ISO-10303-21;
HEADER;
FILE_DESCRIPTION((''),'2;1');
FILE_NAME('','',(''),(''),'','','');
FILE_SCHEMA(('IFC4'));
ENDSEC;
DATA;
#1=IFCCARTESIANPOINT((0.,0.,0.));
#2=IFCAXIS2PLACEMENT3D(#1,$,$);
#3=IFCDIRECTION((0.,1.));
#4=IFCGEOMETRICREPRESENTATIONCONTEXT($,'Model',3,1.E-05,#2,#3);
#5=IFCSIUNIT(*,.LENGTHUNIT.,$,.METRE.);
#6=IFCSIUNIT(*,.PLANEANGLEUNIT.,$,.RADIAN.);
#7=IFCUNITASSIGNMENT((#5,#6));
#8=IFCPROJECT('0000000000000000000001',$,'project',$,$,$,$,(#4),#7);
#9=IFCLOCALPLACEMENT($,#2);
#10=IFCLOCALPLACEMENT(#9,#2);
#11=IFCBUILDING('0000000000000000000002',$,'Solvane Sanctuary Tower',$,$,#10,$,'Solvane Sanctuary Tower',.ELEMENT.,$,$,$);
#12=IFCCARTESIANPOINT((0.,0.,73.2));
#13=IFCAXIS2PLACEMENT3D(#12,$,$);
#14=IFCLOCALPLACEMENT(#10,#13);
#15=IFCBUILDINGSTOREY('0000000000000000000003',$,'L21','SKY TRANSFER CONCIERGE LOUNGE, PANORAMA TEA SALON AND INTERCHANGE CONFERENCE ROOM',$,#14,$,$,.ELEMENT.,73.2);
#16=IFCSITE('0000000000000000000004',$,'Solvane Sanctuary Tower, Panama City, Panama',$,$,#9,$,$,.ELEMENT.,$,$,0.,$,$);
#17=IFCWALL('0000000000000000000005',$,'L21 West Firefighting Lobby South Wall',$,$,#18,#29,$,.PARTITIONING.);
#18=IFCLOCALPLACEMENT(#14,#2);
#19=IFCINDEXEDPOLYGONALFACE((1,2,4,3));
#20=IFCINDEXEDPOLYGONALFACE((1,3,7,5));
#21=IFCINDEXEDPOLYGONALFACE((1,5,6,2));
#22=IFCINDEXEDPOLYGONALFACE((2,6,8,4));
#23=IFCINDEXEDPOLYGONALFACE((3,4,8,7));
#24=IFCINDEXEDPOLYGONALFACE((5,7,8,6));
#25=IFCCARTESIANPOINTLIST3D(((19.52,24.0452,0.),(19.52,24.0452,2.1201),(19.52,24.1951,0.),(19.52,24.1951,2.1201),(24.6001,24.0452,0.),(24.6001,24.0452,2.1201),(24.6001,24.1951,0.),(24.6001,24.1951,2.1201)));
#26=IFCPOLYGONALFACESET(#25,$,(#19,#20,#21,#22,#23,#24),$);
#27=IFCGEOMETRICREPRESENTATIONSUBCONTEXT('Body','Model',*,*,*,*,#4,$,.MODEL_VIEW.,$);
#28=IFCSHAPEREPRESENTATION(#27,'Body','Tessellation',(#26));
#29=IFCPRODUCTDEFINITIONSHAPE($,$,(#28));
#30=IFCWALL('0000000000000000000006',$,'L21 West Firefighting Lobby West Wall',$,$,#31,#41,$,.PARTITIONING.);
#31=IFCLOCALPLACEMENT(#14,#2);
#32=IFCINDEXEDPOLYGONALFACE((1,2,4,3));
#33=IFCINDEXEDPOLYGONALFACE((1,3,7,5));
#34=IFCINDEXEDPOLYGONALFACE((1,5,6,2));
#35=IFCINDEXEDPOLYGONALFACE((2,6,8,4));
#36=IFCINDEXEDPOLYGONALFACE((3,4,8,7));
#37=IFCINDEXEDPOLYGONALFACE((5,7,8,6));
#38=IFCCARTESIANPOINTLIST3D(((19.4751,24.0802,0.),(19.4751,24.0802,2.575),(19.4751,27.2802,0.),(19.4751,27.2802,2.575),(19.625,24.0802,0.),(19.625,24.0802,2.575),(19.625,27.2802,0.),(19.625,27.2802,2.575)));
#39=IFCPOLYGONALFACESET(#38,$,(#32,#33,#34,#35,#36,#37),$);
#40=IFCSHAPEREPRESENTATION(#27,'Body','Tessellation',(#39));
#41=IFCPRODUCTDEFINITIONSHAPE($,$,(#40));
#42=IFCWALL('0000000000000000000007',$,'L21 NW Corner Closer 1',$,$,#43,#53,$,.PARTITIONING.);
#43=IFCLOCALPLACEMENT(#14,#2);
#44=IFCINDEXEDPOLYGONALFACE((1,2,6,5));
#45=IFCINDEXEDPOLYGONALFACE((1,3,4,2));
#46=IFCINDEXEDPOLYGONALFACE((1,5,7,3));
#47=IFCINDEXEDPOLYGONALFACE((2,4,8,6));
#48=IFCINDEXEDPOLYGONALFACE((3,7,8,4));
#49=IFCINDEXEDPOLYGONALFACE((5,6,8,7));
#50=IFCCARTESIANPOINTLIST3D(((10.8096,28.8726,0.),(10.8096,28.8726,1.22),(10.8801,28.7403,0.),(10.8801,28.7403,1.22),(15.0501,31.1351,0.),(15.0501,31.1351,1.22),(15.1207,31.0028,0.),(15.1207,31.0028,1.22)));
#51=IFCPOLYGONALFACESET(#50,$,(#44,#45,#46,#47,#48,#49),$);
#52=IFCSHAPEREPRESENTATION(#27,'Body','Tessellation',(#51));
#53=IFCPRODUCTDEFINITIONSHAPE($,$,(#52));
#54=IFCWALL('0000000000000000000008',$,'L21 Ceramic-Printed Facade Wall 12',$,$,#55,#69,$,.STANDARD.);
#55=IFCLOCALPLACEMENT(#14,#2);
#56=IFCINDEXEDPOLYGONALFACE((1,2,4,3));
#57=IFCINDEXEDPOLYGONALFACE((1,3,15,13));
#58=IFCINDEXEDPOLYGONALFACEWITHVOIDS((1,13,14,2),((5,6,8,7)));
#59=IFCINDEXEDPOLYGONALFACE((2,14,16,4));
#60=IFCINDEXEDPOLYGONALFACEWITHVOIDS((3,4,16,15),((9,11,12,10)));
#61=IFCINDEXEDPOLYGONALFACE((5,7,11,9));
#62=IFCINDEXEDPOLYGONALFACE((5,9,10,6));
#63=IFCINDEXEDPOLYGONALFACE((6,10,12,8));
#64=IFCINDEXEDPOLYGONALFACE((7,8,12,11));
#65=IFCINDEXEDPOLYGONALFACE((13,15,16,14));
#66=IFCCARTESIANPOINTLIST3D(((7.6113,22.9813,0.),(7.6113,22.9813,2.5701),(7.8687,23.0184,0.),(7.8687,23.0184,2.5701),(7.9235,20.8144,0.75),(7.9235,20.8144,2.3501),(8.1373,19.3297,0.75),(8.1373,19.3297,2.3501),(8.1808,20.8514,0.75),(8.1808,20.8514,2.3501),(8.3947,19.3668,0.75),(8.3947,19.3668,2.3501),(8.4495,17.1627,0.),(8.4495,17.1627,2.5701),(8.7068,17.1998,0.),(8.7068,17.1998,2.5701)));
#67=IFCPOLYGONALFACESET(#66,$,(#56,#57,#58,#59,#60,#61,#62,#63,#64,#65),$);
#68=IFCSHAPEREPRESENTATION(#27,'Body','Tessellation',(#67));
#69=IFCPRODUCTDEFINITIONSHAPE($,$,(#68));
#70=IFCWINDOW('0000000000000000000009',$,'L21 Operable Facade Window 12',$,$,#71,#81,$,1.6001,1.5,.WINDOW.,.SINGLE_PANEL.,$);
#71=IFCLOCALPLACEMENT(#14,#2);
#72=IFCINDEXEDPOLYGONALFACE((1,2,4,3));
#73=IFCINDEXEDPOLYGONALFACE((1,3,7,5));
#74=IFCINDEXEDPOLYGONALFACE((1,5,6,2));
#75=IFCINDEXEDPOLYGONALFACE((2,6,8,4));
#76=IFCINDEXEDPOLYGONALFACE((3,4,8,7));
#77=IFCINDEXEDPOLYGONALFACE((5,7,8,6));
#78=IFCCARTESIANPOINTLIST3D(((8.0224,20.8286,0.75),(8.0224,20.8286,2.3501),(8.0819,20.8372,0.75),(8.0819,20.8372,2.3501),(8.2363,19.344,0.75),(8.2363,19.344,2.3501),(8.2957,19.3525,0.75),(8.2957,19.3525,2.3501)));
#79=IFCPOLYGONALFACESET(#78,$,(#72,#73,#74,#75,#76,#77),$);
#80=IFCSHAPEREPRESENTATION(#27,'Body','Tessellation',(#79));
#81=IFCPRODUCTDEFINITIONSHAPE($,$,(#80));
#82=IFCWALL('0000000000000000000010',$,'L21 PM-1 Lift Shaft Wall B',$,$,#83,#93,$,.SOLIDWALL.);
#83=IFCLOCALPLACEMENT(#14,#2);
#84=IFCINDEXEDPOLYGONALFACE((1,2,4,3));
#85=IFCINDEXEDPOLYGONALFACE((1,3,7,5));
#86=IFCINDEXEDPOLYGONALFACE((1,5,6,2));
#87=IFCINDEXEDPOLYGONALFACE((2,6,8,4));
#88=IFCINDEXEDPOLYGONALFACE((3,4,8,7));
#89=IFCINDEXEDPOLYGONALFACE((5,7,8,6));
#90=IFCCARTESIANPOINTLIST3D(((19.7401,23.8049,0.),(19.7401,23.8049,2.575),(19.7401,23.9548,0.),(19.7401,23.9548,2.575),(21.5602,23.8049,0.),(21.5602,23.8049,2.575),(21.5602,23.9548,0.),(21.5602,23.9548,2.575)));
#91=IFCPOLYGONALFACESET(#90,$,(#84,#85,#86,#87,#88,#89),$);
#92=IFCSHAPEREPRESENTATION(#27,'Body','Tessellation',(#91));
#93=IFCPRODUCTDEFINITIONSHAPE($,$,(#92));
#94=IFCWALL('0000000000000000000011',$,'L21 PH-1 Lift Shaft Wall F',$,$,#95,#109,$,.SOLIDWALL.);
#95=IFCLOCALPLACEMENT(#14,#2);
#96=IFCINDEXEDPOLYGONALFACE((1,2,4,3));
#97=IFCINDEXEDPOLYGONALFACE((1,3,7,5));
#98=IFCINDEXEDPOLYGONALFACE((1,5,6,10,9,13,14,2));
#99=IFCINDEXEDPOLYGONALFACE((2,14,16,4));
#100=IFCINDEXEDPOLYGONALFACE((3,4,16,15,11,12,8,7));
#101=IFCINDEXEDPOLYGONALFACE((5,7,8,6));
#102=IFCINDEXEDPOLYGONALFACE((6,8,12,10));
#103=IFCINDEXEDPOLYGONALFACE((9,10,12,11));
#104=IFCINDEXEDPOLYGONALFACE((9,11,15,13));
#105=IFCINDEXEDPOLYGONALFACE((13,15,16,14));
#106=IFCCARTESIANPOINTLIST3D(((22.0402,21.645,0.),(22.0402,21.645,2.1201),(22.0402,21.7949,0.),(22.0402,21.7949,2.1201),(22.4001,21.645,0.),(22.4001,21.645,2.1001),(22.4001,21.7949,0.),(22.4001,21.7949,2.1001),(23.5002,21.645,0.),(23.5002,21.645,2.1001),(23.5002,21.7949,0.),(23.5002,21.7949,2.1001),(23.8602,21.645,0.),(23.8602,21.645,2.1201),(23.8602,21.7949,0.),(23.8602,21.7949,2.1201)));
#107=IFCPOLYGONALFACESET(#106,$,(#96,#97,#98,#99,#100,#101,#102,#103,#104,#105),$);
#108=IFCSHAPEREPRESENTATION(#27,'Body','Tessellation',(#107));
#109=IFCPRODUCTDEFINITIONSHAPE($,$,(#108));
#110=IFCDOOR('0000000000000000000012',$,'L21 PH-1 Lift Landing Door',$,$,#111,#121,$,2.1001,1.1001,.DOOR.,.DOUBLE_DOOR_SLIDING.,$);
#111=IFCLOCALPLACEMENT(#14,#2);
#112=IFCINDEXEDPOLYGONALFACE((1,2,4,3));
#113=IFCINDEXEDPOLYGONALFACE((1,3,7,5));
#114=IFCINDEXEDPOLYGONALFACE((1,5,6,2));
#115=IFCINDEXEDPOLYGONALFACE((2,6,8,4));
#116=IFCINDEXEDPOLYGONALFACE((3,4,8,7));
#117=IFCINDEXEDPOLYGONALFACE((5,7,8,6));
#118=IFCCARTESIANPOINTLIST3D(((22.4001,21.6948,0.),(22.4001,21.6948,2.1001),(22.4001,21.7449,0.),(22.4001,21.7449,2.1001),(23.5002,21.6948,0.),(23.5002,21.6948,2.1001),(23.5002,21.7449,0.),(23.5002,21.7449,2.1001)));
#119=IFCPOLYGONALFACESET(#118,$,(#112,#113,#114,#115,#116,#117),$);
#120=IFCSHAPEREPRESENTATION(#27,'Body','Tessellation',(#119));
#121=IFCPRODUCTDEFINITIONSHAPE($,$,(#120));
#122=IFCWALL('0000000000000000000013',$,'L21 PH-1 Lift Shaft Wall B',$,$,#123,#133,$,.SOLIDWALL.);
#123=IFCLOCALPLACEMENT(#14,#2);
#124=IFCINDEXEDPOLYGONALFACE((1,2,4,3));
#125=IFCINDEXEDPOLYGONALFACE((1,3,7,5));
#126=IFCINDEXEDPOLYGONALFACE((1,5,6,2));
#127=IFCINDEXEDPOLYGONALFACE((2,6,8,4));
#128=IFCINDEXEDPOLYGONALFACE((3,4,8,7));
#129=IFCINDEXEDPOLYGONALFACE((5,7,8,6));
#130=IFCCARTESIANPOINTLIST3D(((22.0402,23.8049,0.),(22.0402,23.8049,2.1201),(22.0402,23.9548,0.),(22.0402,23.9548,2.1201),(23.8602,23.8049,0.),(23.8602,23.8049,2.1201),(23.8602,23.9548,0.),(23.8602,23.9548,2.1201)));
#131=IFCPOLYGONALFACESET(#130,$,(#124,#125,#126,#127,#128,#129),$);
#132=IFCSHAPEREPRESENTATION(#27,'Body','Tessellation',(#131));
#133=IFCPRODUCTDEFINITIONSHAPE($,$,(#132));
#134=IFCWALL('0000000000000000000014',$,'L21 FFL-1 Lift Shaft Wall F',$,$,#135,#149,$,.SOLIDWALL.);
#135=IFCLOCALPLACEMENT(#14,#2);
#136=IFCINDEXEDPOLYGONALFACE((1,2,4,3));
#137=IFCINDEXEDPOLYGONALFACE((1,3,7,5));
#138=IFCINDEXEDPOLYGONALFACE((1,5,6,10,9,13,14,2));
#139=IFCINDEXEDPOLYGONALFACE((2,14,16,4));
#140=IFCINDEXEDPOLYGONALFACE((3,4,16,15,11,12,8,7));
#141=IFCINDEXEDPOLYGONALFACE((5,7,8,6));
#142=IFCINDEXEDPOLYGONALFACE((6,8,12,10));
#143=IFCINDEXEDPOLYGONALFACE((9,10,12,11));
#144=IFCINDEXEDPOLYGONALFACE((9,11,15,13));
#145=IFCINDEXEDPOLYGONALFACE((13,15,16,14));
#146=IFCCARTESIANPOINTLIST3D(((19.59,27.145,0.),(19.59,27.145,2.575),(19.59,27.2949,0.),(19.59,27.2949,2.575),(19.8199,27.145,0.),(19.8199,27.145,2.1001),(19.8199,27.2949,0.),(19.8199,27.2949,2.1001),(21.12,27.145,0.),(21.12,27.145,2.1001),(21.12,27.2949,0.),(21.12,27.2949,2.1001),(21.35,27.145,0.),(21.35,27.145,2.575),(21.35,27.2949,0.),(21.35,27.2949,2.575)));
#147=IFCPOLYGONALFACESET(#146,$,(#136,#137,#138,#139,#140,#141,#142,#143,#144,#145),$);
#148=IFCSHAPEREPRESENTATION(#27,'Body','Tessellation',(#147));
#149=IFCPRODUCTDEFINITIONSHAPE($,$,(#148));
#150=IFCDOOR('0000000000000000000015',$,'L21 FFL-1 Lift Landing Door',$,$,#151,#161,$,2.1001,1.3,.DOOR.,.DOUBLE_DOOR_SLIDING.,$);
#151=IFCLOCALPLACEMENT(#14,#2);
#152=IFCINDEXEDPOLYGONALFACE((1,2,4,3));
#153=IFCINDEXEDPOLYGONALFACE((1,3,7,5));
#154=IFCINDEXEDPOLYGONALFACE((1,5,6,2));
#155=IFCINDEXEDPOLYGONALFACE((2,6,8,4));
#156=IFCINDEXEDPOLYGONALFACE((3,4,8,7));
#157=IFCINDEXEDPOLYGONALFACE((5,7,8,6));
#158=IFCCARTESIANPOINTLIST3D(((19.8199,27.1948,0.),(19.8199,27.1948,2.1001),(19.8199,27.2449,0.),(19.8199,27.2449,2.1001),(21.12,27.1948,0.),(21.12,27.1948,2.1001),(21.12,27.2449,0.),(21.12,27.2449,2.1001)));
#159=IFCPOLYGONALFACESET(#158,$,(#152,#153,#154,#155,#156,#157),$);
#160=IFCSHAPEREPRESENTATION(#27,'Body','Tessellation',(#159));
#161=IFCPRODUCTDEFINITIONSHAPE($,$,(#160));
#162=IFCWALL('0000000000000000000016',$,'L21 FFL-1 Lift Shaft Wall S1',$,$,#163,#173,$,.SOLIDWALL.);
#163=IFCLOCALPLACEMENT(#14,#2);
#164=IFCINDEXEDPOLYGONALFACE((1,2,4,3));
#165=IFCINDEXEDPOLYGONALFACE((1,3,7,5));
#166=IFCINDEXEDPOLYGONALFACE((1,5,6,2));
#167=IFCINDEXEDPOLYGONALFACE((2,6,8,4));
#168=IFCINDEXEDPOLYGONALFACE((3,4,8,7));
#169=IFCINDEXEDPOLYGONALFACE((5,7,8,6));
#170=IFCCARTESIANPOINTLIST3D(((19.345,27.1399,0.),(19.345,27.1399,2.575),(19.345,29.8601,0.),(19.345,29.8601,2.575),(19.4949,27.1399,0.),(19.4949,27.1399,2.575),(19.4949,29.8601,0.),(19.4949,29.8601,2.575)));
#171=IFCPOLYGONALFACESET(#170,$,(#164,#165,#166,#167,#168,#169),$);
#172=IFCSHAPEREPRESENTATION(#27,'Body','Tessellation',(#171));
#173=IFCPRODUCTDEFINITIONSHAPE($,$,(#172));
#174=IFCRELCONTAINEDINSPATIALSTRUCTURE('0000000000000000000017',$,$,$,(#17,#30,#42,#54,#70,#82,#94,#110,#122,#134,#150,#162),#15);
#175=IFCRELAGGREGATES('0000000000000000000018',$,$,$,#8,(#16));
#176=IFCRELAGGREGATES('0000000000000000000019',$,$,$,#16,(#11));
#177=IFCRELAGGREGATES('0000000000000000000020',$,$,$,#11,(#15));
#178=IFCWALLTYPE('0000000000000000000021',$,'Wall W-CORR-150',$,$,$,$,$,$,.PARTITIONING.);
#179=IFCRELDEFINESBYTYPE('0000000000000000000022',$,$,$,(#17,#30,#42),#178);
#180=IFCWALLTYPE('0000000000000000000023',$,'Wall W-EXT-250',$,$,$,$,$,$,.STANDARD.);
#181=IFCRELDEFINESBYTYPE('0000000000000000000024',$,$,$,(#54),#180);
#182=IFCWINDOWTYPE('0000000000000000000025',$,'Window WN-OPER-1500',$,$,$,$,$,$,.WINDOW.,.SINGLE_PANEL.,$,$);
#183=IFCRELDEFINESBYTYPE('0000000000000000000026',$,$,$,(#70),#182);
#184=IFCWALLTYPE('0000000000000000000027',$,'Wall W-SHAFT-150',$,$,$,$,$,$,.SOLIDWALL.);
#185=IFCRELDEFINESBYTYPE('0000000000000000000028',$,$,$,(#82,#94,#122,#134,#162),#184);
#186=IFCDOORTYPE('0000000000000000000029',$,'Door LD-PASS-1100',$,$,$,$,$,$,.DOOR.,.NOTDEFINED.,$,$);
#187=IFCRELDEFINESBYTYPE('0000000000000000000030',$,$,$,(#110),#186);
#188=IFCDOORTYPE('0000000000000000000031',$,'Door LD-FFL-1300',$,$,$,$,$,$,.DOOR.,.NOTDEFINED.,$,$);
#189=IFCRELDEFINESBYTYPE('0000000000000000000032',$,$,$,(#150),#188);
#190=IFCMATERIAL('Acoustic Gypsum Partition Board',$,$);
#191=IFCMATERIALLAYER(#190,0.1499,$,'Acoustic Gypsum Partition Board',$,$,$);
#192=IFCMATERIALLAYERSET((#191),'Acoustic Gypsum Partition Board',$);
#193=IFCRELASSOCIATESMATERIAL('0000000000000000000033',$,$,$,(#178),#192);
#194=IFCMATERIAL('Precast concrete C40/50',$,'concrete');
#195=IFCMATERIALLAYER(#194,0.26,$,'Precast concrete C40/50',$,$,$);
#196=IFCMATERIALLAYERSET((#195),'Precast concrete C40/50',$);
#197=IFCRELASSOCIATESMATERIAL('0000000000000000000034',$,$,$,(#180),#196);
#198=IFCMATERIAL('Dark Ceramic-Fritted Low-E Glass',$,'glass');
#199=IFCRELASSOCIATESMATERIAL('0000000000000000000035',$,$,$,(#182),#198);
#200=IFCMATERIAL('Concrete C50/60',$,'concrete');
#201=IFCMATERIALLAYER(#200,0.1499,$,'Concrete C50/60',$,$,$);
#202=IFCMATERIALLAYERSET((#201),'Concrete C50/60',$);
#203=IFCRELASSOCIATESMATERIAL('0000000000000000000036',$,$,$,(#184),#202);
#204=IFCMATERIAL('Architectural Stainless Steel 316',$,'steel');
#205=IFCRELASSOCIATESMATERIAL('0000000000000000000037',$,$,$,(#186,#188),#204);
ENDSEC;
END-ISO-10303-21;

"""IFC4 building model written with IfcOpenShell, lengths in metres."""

from ifc_helpers import new_model, si_unit, direction, frame, frame_2d, origin, place, context, subcontext, project, spatial, rectangle, extrude, material, layer, layer_set, type_object, element, fill, save


model = new_model("IFC4")

# Units and contexts
model_context = context("Model", 3, precision=1e-05, world=origin(), true_north=direction((0.0, 1.0)))
body_context = subcontext(model_context, "Body", "Model", "MODEL_VIEW")
ifc_project = project(units=[si_unit("LENGTHUNIT", "METRE"), si_unit("PLANEANGLEUNIT", "RADIAN")], contexts=[model_context])

# Site, building, storey
site_placement = place(None, origin())
site = spatial("IfcSite", under=ifc_project, at=site_placement, Name="Solvane Sanctuary Tower, Panama City, Panama", CompositionType="ELEMENT", RefElevation=0.0)
building_placement = place(site_placement, origin())
building = spatial("IfcBuilding", under=site, at=building_placement, Name="Solvane Sanctuary Tower", LongName="Solvane Sanctuary Tower", CompositionType="ELEMENT")
storey_placement = place(building_placement, frame((0.0, 0.0, 73.2)))
storey = spatial("IfcBuildingStorey", under=building, at=storey_placement, Name="L21", Description="SKY TRANSFER CONCIERGE LOUNGE, PANORAMA TEA SALON AND INTERCHANGE CONFERENCE ROOM", CompositionType="ELEMENT", Elevation=73.2)

# Walls
ifc_material_1 = material(Name="Acoustic Gypsum Partition Board")
ifc_layer_1 = layer(ifc_material_1, 0.1499, Name="Acoustic Gypsum Partition Board")
ifc_layer_set_1 = layer_set([ifc_layer_1], Name="Acoustic Gypsum Partition Board")
wall_type_1 = type_object("IfcWallType", Name="Wall W-CORR-150", PredefinedType="PARTITIONING", material=ifc_layer_set_1)
wall_1_placement = place(storey_placement, frame((19.52, 24.1201, 0.0), z_axis=(0.0, 0.0, 1.0), x_axis=(1.0, 0.0, 0.0)))
element("IfcWall", 1, at=wall_1_placement, inside=storey, type_object=wall_type_1, Name="L21 West Firefighting Lobby South Wall", PredefinedType="PARTITIONING", context=body_context, shape_type="SweptSolid", body=[
    extrude(rectangle(XDim=5.0801, YDim=0.1499, at=frame_2d((2.54, 0.0))), origin(), (0.0, 0.0, 1.0), 2.1201),
])
wall_2_placement = place(storey_placement, frame((19.55, 24.0801, 0.0), z_axis=(0.0, 0.0, 1.0), x_axis=(0.0, 1.0, 0.0)))
element("IfcWall", 2, at=wall_2_placement, inside=storey, type_object=wall_type_1, Name="L21 West Firefighting Lobby West Wall", PredefinedType="PARTITIONING", context=body_context, shape_type="SweptSolid", body=[
    extrude(rectangle(XDim=3.2, YDim=0.1499, at=frame_2d((1.6001, 0.0))), origin(), (0.0, 0.0, 1.0), 2.575),
])
wall_3_placement = place(storey_placement, frame((10.8447, 28.8064, 0.0), z_axis=(0.0, 0.0, 1.0), x_axis=(0.882278, 0.470728, 0.0)))
element("IfcWall", 3, at=wall_3_placement, inside=storey, type_object=wall_type_1, Name="L21 NW Corner Closer 1", PredefinedType="PARTITIONING", context=body_context, shape_type="SweptSolid", body=[
    extrude(rectangle(XDim=4.8064, YDim=0.1499, at=frame_2d((2.4033, 0.0))), origin(), (0.0, 0.0, 1.0), 1.22),
])

# Wall, opening, window
ifc_material_2 = material(Name="Precast concrete C40/50", Category="concrete")
ifc_layer_2 = layer(ifc_material_2, 0.26, Name="Precast concrete C40/50")
ifc_layer_set_2 = layer_set([ifc_layer_2], Name="Precast concrete C40/50")
wall_type_2 = type_object("IfcWallType", Name="Wall W-EXT-250", PredefinedType="STANDARD", material=ifc_layer_set_2)
wall_4_placement = place(storey_placement, frame((7.74, 23.0, 0.0), z_axis=(0.0, 0.0, 1.0), x_axis=(0.142572, -0.989784, 0.0)))
wall_4 = element("IfcWall", 4, at=wall_4_placement, inside=storey, type_object=wall_type_2, Name="L21 Ceramic-Printed Facade Wall 12", PredefinedType="STANDARD", context=body_context, shape_type="SweptSolid", body=[
    extrude(rectangle(XDim=5.8787, YDim=0.26, at=frame_2d((2.9395, 0.0))), origin(), (0.0, 0.0, 1.0), 2.5701),
])
opening_1_placement = place(wall_4_placement, frame((2.1895, 0.0, 0.75)))
opening_1 = element("IfcOpeningElement", 5, at=opening_1_placement, cuts=wall_4, PredefinedType="OPENING", context=body_context, shape_type="SweptSolid", body=[
    extrude(rectangle(XDim=1.5, YDim=1.6001, at=frame_2d((0.75, 0.8))), frame((0.0, 0.1399, 0.0), z_axis=(0.0, -1.0, 0.0), x_axis=(1.0, 0.0, 0.0)), (0.0, 0.0, 1.0), 0.28),
])
ifc_material_3 = material(Name="Dark Ceramic-Fritted Low-E Glass", Category="glass")
window_type = type_object("IfcWindowType", Name="Window WN-OPER-1500", PartitioningType="SINGLE_PANEL", PredefinedType="WINDOW", material=ifc_material_3)
window_placement = place(opening_1_placement, origin())
window = element("IfcWindow", 6, at=window_placement, inside=storey, type_object=window_type, Name="L21 Operable Facade Window 12", OverallHeight=1.6001, OverallWidth=1.5, PartitioningType="SINGLE_PANEL", PredefinedType="WINDOW", context=body_context, shape_type="SweptSolid", body=[
    extrude(rectangle(XDim=1.5, YDim=1.6001, at=frame_2d((0.75, 0.8))), frame((0.0, 0.03, 0.0), z_axis=(0.0, -1.0, 0.0), x_axis=(1.0, 0.0, 0.0)), (0.0, 0.0, 1.0), 0.0601),
])
fill(opening_1, window)

# Wall
ifc_material_4 = material(Name="Concrete C50/60", Category="concrete")
ifc_layer_3 = layer(ifc_material_4, 0.1499, Name="Concrete C50/60")
ifc_layer_set_3 = layer_set([ifc_layer_3], Name="Concrete C50/60")
wall_type_3 = type_object("IfcWallType", Name="Wall W-SHAFT-150", PredefinedType="SOLIDWALL", material=ifc_layer_set_3)
wall_5_placement = place(storey_placement, frame((19.74, 23.8799, 0.0), z_axis=(0.0, 0.0, 1.0), x_axis=(1.0, 0.0, 0.0)))
element("IfcWall", 7, at=wall_5_placement, inside=storey, type_object=wall_type_3, Name="L21 PM-1 Lift Shaft Wall B", PredefinedType="SOLIDWALL", context=body_context, shape_type="SweptSolid", body=[
    extrude(rectangle(XDim=1.8201, YDim=0.1499, at=frame_2d((0.9102, 0.0))), origin(), (0.0, 0.0, 1.0), 2.575),
])

# Wall, opening, door
wall_6_placement = place(storey_placement, frame((22.04, 21.72, 0.0), z_axis=(0.0, 0.0, 1.0), x_axis=(1.0, 0.0, 0.0)))
wall_6 = element("IfcWall", 8, at=wall_6_placement, inside=storey, type_object=wall_type_3, Name="L21 PH-1 Lift Shaft Wall F", PredefinedType="SOLIDWALL", context=body_context, shape_type="SweptSolid", body=[
    extrude(rectangle(XDim=1.8201, YDim=0.1499, at=frame_2d((0.9102, 0.0))), origin(), (0.0, 0.0, 1.0), 2.1201),
])
opening_2_placement = place(wall_6_placement, frame((0.3601, 0.0, 0.0)))
opening_2 = element("IfcOpeningElement", 9, at=opening_2_placement, cuts=wall_6, PredefinedType="OPENING", context=body_context, shape_type="SweptSolid", body=[
    extrude(rectangle(XDim=1.1001, YDim=2.1001, at=frame_2d((0.55, 1.05))), frame((0.0, 0.085, 0.0), z_axis=(0.0, -1.0, 0.0), x_axis=(1.0, 0.0, 0.0)), (0.0, 0.0, 1.0), 0.1699),
])
ifc_material_5 = material(Name="Architectural Stainless Steel 316", Category="steel")
door_type_1 = type_object("IfcDoorType", Name="Door LD-PASS-1100", OperationType="NOTDEFINED", PredefinedType="DOOR", material=ifc_material_5)
door_1_placement = place(opening_2_placement, origin())
door_1 = element("IfcDoor", 10, at=door_1_placement, inside=storey, type_object=door_type_1, Name="L21 PH-1 Lift Landing Door", OperationType="DOUBLE_DOOR_SLIDING", OverallHeight=2.1001, OverallWidth=1.1001, PredefinedType="DOOR", context=body_context, shape_type="SweptSolid", body=[
    extrude(rectangle(XDim=1.1001, YDim=2.1001, at=frame_2d((0.55, 1.05))), frame((0.0, 0.0249, 0.0), z_axis=(0.0, -1.0, 0.0), x_axis=(1.0, 0.0, 0.0)), (0.0, 0.0, 1.0), 0.05),
])
fill(opening_2, door_1)

# Wall
wall_7_placement = place(storey_placement, frame((22.04, 23.8799, 0.0), z_axis=(0.0, 0.0, 1.0), x_axis=(1.0, 0.0, 0.0)))
element("IfcWall", 11, at=wall_7_placement, inside=storey, type_object=wall_type_3, Name="L21 PH-1 Lift Shaft Wall B", PredefinedType="SOLIDWALL", context=body_context, shape_type="SweptSolid", body=[
    extrude(rectangle(XDim=1.8201, YDim=0.1499, at=frame_2d((0.9102, 0.0))), origin(), (0.0, 0.0, 1.0), 2.1201),
])

# Wall, opening, door
wall_8_placement = place(storey_placement, frame((19.5901, 27.22, 0.0), z_axis=(0.0, 0.0, 1.0), x_axis=(1.0, 0.0, 0.0)))
wall_8 = element("IfcWall", 12, at=wall_8_placement, inside=storey, type_object=wall_type_3, Name="L21 FFL-1 Lift Shaft Wall F", PredefinedType="SOLIDWALL", context=body_context, shape_type="SweptSolid", body=[
    extrude(rectangle(XDim=1.76, YDim=0.1499, at=frame_2d((0.8799, 0.0))), origin(), (0.0, 0.0, 1.0), 2.575),
])
opening_3_placement = place(wall_8_placement, frame((0.23, 0.0, 0.0)))
opening_3 = element("IfcOpeningElement", 13, at=opening_3_placement, cuts=wall_8, PredefinedType="OPENING", context=body_context, shape_type="SweptSolid", body=[
    extrude(rectangle(XDim=1.3, YDim=2.1001, at=frame_2d((0.6499, 1.05))), frame((0.0, 0.085, 0.0), z_axis=(0.0, -1.0, 0.0), x_axis=(1.0, 0.0, 0.0)), (0.0, 0.0, 1.0), 0.1699),
])
door_type_2 = type_object("IfcDoorType", Name="Door LD-FFL-1300", OperationType="NOTDEFINED", PredefinedType="DOOR", material=ifc_material_5)
door_2_placement = place(opening_3_placement, origin())
door_2 = element("IfcDoor", 14, at=door_2_placement, inside=storey, type_object=door_type_2, Name="L21 FFL-1 Lift Landing Door", OperationType="DOUBLE_DOOR_SLIDING", OverallHeight=2.1001, OverallWidth=1.3, PredefinedType="DOOR", context=body_context, shape_type="SweptSolid", body=[
    extrude(rectangle(XDim=1.3, YDim=2.1001, at=frame_2d((0.6499, 1.05))), frame((0.0, 0.0249, 0.0), z_axis=(0.0, -1.0, 0.0), x_axis=(1.0, 0.0, 0.0)), (0.0, 0.0, 1.0), 0.05),
])
fill(opening_3, door_2)

# Wall
for number, where, z_axis, x_axis, name in (
    (15, (19.4199, 27.1399, 0.0), (0.0, 0.0, 1.0), (0.0, 1.0, 0.0), "L21 FFL-1 Lift Shaft Wall S1"),
):
    element("IfcWall", number, at=place(storey_placement, frame(where, z_axis=z_axis, x_axis=x_axis)), inside=storey, type_object=wall_type_3, Name=name, PredefinedType="SOLIDWALL", context=body_context, shape_type="SweptSolid", body=[
        extrude(rectangle(XDim=2.7202, YDim=0.1499, at=frame_2d((1.3601, 0.0))), origin(), (0.0, 0.0, 1.0), 2.575),
    ])

save(model, "model.ifc")
